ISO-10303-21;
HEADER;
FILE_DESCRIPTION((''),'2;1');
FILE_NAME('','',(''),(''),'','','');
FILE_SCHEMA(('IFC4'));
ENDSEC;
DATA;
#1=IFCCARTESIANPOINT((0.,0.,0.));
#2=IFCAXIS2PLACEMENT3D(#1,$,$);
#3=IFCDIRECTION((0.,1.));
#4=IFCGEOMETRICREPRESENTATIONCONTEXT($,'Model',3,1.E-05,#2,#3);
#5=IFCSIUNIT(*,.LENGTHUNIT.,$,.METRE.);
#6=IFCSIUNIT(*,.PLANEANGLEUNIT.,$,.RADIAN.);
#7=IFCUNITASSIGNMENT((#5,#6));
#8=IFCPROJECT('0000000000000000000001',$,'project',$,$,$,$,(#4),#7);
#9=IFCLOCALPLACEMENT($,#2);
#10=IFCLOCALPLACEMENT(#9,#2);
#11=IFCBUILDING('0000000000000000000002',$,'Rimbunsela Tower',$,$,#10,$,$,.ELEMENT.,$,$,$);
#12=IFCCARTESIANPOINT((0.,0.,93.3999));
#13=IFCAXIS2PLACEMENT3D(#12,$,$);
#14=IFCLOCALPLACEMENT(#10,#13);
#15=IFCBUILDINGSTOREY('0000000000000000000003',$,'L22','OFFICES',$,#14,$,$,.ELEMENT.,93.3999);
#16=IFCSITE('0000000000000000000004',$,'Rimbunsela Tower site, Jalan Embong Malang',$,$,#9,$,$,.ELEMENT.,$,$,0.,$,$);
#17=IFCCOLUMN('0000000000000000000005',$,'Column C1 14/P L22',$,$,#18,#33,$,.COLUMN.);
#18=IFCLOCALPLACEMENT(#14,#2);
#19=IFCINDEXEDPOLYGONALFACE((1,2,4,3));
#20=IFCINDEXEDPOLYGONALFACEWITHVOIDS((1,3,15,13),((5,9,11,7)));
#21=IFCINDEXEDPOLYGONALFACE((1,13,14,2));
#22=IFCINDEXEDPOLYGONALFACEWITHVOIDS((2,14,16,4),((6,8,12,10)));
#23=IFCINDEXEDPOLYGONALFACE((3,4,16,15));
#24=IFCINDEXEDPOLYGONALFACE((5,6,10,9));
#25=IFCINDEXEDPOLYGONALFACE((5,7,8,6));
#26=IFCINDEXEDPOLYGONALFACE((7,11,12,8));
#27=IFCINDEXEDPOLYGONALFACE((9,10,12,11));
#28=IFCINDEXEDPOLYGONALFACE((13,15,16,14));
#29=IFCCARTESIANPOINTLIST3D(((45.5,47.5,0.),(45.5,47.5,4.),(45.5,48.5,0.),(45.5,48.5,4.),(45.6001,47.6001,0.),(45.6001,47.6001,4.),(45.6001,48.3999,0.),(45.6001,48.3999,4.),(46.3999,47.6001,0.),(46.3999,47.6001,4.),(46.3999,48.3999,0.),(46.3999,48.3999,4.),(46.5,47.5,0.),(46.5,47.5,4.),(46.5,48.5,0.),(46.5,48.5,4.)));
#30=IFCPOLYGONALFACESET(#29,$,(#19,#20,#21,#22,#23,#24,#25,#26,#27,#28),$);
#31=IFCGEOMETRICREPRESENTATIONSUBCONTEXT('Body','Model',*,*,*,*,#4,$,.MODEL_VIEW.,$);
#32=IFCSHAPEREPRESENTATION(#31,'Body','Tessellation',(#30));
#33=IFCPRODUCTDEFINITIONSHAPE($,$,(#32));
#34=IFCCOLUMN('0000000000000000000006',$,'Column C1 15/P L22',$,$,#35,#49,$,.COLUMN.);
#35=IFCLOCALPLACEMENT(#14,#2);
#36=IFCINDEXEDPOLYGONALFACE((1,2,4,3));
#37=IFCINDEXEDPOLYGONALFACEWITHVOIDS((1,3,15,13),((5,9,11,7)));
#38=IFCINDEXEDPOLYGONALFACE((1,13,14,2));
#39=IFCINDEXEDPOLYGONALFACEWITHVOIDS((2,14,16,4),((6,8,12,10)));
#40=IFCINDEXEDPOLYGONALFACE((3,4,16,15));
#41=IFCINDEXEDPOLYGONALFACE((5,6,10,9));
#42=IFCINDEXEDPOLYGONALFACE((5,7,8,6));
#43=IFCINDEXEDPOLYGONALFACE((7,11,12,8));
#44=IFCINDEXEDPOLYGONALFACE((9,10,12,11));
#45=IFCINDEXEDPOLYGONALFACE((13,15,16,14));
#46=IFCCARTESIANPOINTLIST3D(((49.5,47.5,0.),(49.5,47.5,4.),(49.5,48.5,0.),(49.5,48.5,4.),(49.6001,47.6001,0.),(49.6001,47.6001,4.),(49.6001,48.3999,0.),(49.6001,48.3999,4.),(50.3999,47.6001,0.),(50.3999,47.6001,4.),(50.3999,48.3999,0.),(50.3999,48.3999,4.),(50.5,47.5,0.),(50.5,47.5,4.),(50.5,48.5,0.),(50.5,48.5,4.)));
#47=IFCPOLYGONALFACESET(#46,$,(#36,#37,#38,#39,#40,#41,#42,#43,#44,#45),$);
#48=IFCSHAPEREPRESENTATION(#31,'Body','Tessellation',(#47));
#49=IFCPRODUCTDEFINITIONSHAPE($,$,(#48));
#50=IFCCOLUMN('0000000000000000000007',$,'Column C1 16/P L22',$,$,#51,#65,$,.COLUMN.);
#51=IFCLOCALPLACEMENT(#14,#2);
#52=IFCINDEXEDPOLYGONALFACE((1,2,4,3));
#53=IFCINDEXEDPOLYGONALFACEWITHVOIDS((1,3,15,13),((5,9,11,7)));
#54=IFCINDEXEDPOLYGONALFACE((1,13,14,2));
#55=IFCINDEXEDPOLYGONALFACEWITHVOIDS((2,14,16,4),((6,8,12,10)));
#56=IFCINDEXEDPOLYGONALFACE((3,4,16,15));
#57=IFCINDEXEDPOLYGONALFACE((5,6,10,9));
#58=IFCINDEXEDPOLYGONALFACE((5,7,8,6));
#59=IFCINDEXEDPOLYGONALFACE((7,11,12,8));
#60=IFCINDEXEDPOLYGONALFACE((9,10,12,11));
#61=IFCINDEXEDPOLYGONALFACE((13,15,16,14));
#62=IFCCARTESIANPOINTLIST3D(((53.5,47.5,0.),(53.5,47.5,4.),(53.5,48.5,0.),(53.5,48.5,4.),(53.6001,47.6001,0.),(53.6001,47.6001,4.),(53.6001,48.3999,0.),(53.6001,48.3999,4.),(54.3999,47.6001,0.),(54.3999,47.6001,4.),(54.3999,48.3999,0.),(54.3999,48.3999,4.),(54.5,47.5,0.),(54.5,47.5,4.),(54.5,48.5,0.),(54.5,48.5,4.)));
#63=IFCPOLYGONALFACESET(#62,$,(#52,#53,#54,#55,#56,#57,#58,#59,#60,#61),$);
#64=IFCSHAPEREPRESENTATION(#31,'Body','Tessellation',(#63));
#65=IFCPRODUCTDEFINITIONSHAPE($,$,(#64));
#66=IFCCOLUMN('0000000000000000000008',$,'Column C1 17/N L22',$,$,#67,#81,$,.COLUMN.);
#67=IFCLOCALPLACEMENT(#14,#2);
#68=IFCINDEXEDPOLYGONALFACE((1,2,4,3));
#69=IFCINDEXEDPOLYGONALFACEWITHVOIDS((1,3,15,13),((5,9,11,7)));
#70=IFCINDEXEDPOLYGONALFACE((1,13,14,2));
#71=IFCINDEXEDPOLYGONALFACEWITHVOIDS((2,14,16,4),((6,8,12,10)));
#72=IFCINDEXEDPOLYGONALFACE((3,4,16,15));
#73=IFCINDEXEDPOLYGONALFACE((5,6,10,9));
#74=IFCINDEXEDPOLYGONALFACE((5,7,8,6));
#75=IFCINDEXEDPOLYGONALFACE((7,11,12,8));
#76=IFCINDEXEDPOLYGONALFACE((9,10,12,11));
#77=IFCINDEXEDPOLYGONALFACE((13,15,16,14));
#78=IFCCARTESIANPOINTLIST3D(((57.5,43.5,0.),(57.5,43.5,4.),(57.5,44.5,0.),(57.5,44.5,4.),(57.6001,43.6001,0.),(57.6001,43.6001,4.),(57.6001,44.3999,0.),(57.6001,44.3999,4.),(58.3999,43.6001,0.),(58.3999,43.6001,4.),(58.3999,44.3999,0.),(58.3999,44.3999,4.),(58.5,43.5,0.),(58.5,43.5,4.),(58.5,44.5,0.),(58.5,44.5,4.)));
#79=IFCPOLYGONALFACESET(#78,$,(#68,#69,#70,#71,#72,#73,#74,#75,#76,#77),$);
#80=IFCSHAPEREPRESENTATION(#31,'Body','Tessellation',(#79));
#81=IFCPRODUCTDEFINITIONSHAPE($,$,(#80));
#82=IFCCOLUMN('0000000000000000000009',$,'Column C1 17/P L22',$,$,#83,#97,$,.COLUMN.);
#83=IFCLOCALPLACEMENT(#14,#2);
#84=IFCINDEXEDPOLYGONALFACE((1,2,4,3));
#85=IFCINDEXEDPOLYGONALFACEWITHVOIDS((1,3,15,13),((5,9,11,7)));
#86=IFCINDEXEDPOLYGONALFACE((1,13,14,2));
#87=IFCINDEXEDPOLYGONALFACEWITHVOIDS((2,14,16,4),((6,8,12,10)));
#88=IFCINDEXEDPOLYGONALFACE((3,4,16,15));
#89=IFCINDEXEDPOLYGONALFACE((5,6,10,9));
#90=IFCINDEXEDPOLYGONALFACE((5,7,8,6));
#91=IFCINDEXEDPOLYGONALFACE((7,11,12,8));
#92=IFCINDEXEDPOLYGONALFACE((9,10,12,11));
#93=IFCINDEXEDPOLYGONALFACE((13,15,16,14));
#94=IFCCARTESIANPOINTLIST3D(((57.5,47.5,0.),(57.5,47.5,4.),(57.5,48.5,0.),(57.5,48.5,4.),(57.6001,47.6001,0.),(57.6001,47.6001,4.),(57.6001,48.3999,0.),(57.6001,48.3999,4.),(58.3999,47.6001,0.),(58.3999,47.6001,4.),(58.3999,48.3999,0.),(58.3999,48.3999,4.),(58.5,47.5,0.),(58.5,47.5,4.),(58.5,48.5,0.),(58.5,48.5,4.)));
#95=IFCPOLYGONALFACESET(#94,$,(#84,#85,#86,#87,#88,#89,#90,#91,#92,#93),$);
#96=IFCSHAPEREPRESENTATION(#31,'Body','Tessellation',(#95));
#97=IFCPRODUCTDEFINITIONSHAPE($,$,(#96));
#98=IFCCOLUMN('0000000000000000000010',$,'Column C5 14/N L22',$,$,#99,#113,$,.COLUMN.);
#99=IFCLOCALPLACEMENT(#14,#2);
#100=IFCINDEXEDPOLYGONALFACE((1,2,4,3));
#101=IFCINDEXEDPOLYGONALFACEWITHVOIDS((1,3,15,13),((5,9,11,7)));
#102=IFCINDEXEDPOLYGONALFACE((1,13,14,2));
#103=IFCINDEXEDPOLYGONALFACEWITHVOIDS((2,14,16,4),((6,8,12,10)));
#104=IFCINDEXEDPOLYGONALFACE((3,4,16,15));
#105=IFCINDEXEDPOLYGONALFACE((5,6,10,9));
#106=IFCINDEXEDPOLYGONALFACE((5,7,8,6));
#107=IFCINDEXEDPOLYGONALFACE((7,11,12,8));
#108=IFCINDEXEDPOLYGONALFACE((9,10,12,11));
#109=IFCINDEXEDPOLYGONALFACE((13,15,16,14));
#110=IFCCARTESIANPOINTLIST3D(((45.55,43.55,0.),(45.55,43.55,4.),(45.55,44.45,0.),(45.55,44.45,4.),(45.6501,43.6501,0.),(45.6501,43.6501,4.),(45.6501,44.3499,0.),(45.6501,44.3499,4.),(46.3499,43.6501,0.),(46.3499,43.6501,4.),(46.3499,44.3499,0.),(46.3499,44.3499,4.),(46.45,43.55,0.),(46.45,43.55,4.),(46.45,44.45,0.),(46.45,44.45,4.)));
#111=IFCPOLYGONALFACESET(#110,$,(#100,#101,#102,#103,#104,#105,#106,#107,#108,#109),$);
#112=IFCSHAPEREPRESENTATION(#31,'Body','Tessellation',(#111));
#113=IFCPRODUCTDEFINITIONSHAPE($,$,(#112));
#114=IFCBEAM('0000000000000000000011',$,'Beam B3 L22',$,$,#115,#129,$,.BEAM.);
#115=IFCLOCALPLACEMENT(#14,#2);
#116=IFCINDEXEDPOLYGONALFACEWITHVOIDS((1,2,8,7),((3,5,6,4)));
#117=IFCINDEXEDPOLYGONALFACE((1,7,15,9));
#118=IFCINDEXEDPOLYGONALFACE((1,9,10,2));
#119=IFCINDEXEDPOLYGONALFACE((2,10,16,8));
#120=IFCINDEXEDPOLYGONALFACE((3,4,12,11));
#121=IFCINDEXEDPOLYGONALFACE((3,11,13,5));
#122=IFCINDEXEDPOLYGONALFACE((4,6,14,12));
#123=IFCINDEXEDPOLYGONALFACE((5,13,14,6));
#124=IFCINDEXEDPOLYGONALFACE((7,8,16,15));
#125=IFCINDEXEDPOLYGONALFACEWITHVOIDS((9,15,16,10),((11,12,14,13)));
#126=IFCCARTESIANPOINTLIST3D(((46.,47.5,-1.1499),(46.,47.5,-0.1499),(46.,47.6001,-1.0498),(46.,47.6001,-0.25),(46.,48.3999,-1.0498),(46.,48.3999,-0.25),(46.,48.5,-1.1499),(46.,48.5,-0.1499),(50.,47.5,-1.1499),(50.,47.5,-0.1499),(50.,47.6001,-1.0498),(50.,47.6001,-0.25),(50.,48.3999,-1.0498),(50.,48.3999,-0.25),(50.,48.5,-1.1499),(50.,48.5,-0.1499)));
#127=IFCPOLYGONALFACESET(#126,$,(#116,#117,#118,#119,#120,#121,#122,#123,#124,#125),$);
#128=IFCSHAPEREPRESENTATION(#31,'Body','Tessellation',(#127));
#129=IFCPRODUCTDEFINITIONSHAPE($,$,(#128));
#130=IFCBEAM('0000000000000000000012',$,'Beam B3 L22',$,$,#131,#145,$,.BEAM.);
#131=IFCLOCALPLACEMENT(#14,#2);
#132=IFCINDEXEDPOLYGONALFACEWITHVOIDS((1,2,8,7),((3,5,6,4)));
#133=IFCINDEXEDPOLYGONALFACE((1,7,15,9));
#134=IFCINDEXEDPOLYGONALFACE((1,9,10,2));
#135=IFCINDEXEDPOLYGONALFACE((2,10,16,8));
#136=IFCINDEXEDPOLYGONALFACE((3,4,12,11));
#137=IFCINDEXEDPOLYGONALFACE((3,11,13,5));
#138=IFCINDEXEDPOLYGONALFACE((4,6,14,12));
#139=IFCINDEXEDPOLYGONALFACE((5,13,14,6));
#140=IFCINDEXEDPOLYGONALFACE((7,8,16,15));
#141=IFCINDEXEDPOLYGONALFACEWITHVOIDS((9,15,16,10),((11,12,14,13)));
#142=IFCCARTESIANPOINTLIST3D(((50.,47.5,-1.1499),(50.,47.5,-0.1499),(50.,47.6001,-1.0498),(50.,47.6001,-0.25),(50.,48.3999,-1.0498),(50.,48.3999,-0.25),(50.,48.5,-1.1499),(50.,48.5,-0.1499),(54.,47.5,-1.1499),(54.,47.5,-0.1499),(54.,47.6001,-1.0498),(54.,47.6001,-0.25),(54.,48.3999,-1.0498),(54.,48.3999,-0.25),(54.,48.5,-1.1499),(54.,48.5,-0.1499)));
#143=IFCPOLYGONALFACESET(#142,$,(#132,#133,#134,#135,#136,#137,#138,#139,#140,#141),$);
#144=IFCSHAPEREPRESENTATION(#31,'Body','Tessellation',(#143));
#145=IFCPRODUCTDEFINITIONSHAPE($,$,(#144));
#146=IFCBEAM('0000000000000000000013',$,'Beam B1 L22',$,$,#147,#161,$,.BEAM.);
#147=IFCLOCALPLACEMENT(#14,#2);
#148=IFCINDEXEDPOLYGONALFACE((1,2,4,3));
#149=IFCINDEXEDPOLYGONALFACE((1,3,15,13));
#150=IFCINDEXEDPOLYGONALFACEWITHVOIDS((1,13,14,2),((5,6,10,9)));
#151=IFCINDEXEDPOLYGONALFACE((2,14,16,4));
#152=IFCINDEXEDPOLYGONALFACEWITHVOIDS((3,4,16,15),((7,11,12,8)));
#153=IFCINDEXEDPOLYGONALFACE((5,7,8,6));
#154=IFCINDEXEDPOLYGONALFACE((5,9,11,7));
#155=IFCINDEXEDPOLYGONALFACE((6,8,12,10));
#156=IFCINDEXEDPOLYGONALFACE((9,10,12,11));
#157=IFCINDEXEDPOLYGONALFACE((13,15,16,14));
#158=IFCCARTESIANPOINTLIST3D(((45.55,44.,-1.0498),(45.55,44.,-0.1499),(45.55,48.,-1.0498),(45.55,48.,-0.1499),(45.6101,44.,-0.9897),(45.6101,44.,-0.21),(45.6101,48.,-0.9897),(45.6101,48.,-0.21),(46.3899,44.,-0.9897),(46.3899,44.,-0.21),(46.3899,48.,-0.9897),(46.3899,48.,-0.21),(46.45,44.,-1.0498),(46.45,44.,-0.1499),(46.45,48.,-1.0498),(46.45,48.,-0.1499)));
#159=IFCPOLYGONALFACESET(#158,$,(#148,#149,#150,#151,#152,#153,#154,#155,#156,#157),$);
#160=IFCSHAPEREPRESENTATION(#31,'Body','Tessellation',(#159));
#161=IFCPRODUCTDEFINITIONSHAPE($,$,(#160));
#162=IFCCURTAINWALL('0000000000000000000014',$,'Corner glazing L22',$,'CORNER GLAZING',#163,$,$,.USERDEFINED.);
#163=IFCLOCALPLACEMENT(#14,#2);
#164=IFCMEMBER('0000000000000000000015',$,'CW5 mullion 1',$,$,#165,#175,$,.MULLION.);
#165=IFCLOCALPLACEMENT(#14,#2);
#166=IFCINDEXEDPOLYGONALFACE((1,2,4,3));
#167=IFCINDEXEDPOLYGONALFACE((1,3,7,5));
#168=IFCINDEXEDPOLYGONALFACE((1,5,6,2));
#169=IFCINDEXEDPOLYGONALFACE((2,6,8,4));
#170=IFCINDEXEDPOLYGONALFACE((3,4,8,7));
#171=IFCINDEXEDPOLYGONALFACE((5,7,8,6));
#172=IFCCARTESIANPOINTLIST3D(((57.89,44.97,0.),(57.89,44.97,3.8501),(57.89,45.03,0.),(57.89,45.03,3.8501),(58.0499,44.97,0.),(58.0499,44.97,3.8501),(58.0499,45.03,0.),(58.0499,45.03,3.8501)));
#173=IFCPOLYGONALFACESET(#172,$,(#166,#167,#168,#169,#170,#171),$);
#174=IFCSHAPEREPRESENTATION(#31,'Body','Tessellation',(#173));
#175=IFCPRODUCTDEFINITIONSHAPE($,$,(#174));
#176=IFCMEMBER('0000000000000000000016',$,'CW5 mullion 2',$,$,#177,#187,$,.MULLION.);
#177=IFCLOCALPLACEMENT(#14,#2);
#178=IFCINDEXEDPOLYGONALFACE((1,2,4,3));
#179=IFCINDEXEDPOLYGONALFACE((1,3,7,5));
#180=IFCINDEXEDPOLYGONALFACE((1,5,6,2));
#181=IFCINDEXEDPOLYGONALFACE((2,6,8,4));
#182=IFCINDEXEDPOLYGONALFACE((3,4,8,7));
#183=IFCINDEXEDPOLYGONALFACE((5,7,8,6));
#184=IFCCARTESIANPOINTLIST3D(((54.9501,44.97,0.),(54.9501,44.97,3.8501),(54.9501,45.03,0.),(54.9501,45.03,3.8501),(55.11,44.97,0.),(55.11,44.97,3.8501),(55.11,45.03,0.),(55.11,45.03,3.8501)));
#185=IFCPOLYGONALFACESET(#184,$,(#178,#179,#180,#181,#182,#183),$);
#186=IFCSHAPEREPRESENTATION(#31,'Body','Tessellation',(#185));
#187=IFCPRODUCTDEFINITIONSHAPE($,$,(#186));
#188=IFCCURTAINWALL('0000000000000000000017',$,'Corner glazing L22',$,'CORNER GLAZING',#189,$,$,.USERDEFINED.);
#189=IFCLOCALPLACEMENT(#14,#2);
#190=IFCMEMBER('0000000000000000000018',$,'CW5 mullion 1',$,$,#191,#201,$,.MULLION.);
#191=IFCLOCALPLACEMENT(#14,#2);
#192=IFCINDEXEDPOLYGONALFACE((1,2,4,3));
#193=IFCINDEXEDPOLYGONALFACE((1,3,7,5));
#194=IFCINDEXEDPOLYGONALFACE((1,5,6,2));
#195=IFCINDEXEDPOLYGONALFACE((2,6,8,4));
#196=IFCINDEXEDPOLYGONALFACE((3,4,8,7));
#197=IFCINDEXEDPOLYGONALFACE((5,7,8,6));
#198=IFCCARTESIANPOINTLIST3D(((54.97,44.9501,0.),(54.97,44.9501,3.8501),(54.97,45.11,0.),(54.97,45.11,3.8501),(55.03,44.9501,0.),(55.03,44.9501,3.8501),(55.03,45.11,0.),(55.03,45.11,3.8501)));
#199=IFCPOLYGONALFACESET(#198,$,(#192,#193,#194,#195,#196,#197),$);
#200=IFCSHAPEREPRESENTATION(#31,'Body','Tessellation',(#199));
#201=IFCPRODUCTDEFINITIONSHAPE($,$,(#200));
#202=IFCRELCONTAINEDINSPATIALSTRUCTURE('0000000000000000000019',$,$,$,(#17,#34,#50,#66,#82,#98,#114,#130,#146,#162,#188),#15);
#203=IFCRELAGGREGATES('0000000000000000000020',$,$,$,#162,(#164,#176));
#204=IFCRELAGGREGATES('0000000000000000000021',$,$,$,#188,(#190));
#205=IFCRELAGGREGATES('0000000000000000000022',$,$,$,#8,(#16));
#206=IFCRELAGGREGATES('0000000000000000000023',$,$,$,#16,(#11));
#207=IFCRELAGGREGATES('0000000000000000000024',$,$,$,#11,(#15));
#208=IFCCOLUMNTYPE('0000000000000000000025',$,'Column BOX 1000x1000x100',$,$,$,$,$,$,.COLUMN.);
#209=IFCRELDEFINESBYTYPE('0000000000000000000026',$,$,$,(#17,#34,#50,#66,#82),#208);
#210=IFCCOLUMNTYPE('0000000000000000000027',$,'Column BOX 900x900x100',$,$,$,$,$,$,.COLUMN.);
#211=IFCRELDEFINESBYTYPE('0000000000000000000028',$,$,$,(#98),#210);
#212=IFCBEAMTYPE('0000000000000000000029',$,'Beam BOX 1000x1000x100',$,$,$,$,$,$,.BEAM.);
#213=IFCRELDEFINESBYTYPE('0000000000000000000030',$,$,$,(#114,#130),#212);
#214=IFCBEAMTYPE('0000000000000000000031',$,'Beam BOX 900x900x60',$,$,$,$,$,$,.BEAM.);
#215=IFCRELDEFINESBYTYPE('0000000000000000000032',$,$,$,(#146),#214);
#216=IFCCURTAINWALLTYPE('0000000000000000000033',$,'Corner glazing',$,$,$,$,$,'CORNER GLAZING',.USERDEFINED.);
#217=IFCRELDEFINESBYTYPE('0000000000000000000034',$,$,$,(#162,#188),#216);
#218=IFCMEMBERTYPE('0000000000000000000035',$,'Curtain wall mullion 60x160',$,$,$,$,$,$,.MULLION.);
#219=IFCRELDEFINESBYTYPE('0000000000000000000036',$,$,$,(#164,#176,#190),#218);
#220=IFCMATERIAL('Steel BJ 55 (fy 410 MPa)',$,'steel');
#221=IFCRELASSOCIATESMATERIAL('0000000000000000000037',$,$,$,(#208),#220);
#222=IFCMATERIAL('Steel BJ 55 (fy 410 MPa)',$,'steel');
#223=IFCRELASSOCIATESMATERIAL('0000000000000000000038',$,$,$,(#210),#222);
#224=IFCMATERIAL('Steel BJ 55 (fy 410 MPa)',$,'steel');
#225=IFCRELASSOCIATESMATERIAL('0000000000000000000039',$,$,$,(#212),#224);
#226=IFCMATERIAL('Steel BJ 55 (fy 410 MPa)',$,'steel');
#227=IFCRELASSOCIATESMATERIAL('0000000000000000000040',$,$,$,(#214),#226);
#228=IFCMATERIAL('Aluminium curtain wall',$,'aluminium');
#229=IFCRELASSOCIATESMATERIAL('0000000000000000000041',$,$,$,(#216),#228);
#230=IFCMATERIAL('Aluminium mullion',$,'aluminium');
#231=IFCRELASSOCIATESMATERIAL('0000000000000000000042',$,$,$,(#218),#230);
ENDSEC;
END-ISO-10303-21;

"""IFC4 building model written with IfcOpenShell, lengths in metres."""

from ifc_helpers import new_model, si_unit, direction, frame, origin, origin_2d, place, context, subcontext, project, spatial, rectangle, hollow_rectangle, extrude, material, material_profile, profile_set, type_object, element, aggregate, save


model = new_model("IFC4")

# Units and contexts
model_context = context("Model", 3, precision=1e-05, world=origin(), true_north=direction((0.0, 1.0)))
body_context = subcontext(model_context, "Body", "Model", "MODEL_VIEW")
ifc_project = project(units=[si_unit("LENGTHUNIT", "METRE"), si_unit("PLANEANGLEUNIT", "RADIAN")], contexts=[model_context])

# Site, building, storey
site_placement = place(None, origin())
site = spatial("IfcSite", under=ifc_project, at=site_placement, Name="Rimbunsela Tower site, Jalan Embong Malang", CompositionType="ELEMENT", RefElevation=0.0)
building_placement = place(site_placement, origin())
building = spatial("IfcBuilding", under=site, at=building_placement, Name="Rimbunsela Tower", CompositionType="ELEMENT")
storey_placement = place(building_placement, frame((0.0, 0.0, 93.3999)))
storey = spatial("IfcBuildingStorey", under=building, at=storey_placement, Name="L22", Description="OFFICES", CompositionType="ELEMENT", Elevation=93.3999)

# Columns
ifc_material_1 = material(Name="Steel BJ 55 (fy 410 MPa)", Category="steel")
ifc_material_profile_1 = material_profile(ifc_material_1, hollow_rectangle(XDim=1.0, YDim=1.0, WallThickness=0.1001, at=origin_2d()), Name="BOX 1000x1000x100")
ifc_profile_set_1 = profile_set([ifc_material_profile_1], Name="Steel BJ 55 (fy 410 MPa)")
column_type_1 = type_object("IfcColumnType", Name="Column BOX 1000x1000x100", PredefinedType="COLUMN", material=ifc_profile_set_1)
for number, where, z_axis, x_axis, name in (
    (1, (46.0, 48.0, 0.0), (0.0, 0.0, 1.0), (1.0, 0.0, 0.0), "Column C1 14/P L22"),
    (2, (50.0, 48.0, 0.0), (0.0, 0.0, 1.0), (1.0, 0.0, 0.0), "Column C1 15/P L22"),
    (3, (54.0, 48.0, 0.0), (0.0, 0.0, 1.0), (1.0, 0.0, 0.0), "Column C1 16/P L22"),
    (4, (58.0, 44.0, 0.0), (0.0, 0.0, 1.0), (1.0, 0.0, 0.0), "Column C1 17/N L22"),
    (5, (58.0, 48.0, 0.0), (0.0, 0.0, 1.0), (1.0, 0.0, 0.0), "Column C1 17/P L22"),
):
    element("IfcColumn", number, at=place(storey_placement, frame(where, z_axis=z_axis, x_axis=x_axis)), inside=storey, type_object=column_type_1, Name=name, PredefinedType="COLUMN", context=body_context, shape_type="SweptSolid", body=[
        extrude(hollow_rectangle(XDim=1.0, YDim=1.0, WallThickness=0.1001, at=origin_2d()), origin(), (0.0, 0.0, 1.0), 4.0),
    ])
ifc_material_2 = material(Name="Steel BJ 55 (fy 410 MPa)", Category="steel")
ifc_material_profile_2 = material_profile(ifc_material_2, hollow_rectangle(XDim=0.8999, YDim=0.8999, WallThickness=0.1001, at=origin_2d()), Name="BOX 900x900x100")
ifc_profile_set_2 = profile_set([ifc_material_profile_2], Name="Steel BJ 55 (fy 410 MPa)")
column_type_2 = type_object("IfcColumnType", Name="Column BOX 900x900x100", PredefinedType="COLUMN", material=ifc_profile_set_2)
column_placement = place(storey_placement, frame((46.0, 44.0, 0.0), z_axis=(0.0, 0.0, 1.0), x_axis=(1.0, 0.0, 0.0)))
element("IfcColumn", 6, at=column_placement, inside=storey, type_object=column_type_2, Name="Column C5 14/N L22", PredefinedType="COLUMN", context=body_context, shape_type="SweptSolid", body=[
    extrude(hollow_rectangle(XDim=0.8999, YDim=0.8999, WallThickness=0.1001, at=origin_2d()), origin(), (0.0, 0.0, 1.0), 4.0),
])

# Beams
ifc_material_3 = material(Name="Steel BJ 55 (fy 410 MPa)", Category="steel")
ifc_material_profile_3 = material_profile(ifc_material_3, hollow_rectangle(XDim=1.0, YDim=1.0, WallThickness=0.1001, at=origin_2d()), Name="BOX 1000x1000x100")
ifc_profile_set_3 = profile_set([ifc_material_profile_3], Name="Steel BJ 55 (fy 410 MPa)")
beam_type_1 = type_object("IfcBeamType", Name="Beam BOX 1000x1000x100", PredefinedType="BEAM", material=ifc_profile_set_3)
for number, where, z_axis, x_axis, name in (
    (7, (46.0, 48.0, -0.6499), (1.0, 0.0, 0.0), (0.0, 1.0, 0.0), "Beam B3 L22"),
    (8, (50.0, 48.0, -0.6499), (1.0, 0.0, 0.0), (0.0, 1.0, 0.0), "Beam B3 L22"),
):
    element("IfcBeam", number, at=place(storey_placement, frame(where, z_axis=z_axis, x_axis=x_axis)), inside=storey, type_object=beam_type_1, Name=name, PredefinedType="BEAM", context=body_context, shape_type="SweptSolid", body=[
        extrude(hollow_rectangle(XDim=1.0, YDim=1.0, WallThickness=0.1001, at=origin_2d()), origin(), (0.0, 0.0, 1.0), 4.0),
    ])
ifc_material_4 = material(Name="Steel BJ 55 (fy 410 MPa)", Category="steel")
ifc_material_profile_4 = material_profile(ifc_material_4, hollow_rectangle(XDim=0.8999, YDim=0.8999, WallThickness=0.0601, at=origin_2d()), Name="BOX 900x900x60")
ifc_profile_set_4 = profile_set([ifc_material_profile_4], Name="Steel BJ 55 (fy 410 MPa)")
beam_type_2 = type_object("IfcBeamType", Name="Beam BOX 900x900x60", PredefinedType="BEAM", material=ifc_profile_set_4)
beam_placement = place(storey_placement, frame((46.0, 44.0, -0.5999), z_axis=(0.0, 1.0, 0.0), x_axis=(-1.0, 0.0, 0.0)))
element("IfcBeam", 9, at=beam_placement, inside=storey, type_object=beam_type_2, Name="Beam B1 L22", PredefinedType="BEAM", context=body_context, shape_type="SweptSolid", body=[
    extrude(hollow_rectangle(XDim=0.8999, YDim=0.8999, WallThickness=0.0601, at=origin_2d()), origin(), (0.0, 0.0, 1.0), 4.0),
])

# Curtain walls, members
ifc_material_5 = material(Name="Aluminium curtain wall", Category="aluminium")
curtain_wall_type = type_object("IfcCurtainWallType", Name="Corner glazing", ElementType="CORNER GLAZING", PredefinedType="USERDEFINED", material=ifc_material_5)
curtain_wall_1_placement = place(storey_placement, origin())
curtain_wall_1 = element("IfcCurtainWall", 10, at=curtain_wall_1_placement, inside=storey, type_object=curtain_wall_type, Name="Corner glazing L22", ObjectType="CORNER GLAZING", PredefinedType="USERDEFINED")
ifc_material_6 = material(Name="Aluminium mullion", Category="aluminium")
ifc_material_profile_5 = material_profile(ifc_material_6, rectangle(XDim=0.0601, YDim=0.1599, at=origin_2d()), Name="Mullion 60x160")
ifc_profile_set_5 = profile_set([ifc_material_profile_5], Name="Aluminium mullion")
member_type_1 = type_object("IfcMemberType", Name="Curtain wall mullion 60x160", PredefinedType="MULLION", material=ifc_profile_set_5)
member_1_placement = place(storey_placement, frame((57.97, 45.0, 0.0), z_axis=(0.0, 0.0, 1.0), x_axis=(0.0, -1.0, 0.0)))
member_1 = element("IfcMember", 11, at=member_1_placement, type_object=member_type_1, Name="CW5 mullion 1", PredefinedType="MULLION", context=body_context, shape_type="SweptSolid", body=[
    extrude(rectangle(XDim=0.0601, YDim=0.1599, at=origin_2d()), origin(), (0.0, 0.0, 1.0), 3.8501),
])
member_2_placement = place(storey_placement, frame((55.03, 45.0, 0.0), z_axis=(0.0, 0.0, 1.0), x_axis=(0.0, -1.0, 0.0)))
member_2 = element("IfcMember", 12, at=member_2_placement, type_object=member_type_1, Name="CW5 mullion 2", PredefinedType="MULLION", context=body_context, shape_type="SweptSolid", body=[
    extrude(rectangle(XDim=0.0601, YDim=0.1599, at=origin_2d()), origin(), (0.0, 0.0, 1.0), 3.8501),
])
curtain_wall_2_placement = place(storey_placement, origin())
curtain_wall_2 = element("IfcCurtainWall", 13, at=curtain_wall_2_placement, inside=storey, type_object=curtain_wall_type, Name="Corner glazing L22", ObjectType="CORNER GLAZING", PredefinedType="USERDEFINED")
member_3_placement = place(storey_placement, frame((55.0, 45.03, 0.0), z_axis=(0.0, 0.0, 1.0), x_axis=(-1.0, 0.0, 0.0)))
member_3 = element("IfcMember", 14, at=member_3_placement, type_object=member_type_1, Name="CW5 mullion 1", PredefinedType="MULLION", context=body_context, shape_type="SweptSolid", body=[
    extrude(rectangle(XDim=0.0601, YDim=0.1599, at=origin_2d()), origin(), (0.0, 0.0, 1.0), 3.8501),
])

aggregate(curtain_wall_1, [member_1, member_2])
aggregate(curtain_wall_2, [member_3])

save(model, "model.ifc")
